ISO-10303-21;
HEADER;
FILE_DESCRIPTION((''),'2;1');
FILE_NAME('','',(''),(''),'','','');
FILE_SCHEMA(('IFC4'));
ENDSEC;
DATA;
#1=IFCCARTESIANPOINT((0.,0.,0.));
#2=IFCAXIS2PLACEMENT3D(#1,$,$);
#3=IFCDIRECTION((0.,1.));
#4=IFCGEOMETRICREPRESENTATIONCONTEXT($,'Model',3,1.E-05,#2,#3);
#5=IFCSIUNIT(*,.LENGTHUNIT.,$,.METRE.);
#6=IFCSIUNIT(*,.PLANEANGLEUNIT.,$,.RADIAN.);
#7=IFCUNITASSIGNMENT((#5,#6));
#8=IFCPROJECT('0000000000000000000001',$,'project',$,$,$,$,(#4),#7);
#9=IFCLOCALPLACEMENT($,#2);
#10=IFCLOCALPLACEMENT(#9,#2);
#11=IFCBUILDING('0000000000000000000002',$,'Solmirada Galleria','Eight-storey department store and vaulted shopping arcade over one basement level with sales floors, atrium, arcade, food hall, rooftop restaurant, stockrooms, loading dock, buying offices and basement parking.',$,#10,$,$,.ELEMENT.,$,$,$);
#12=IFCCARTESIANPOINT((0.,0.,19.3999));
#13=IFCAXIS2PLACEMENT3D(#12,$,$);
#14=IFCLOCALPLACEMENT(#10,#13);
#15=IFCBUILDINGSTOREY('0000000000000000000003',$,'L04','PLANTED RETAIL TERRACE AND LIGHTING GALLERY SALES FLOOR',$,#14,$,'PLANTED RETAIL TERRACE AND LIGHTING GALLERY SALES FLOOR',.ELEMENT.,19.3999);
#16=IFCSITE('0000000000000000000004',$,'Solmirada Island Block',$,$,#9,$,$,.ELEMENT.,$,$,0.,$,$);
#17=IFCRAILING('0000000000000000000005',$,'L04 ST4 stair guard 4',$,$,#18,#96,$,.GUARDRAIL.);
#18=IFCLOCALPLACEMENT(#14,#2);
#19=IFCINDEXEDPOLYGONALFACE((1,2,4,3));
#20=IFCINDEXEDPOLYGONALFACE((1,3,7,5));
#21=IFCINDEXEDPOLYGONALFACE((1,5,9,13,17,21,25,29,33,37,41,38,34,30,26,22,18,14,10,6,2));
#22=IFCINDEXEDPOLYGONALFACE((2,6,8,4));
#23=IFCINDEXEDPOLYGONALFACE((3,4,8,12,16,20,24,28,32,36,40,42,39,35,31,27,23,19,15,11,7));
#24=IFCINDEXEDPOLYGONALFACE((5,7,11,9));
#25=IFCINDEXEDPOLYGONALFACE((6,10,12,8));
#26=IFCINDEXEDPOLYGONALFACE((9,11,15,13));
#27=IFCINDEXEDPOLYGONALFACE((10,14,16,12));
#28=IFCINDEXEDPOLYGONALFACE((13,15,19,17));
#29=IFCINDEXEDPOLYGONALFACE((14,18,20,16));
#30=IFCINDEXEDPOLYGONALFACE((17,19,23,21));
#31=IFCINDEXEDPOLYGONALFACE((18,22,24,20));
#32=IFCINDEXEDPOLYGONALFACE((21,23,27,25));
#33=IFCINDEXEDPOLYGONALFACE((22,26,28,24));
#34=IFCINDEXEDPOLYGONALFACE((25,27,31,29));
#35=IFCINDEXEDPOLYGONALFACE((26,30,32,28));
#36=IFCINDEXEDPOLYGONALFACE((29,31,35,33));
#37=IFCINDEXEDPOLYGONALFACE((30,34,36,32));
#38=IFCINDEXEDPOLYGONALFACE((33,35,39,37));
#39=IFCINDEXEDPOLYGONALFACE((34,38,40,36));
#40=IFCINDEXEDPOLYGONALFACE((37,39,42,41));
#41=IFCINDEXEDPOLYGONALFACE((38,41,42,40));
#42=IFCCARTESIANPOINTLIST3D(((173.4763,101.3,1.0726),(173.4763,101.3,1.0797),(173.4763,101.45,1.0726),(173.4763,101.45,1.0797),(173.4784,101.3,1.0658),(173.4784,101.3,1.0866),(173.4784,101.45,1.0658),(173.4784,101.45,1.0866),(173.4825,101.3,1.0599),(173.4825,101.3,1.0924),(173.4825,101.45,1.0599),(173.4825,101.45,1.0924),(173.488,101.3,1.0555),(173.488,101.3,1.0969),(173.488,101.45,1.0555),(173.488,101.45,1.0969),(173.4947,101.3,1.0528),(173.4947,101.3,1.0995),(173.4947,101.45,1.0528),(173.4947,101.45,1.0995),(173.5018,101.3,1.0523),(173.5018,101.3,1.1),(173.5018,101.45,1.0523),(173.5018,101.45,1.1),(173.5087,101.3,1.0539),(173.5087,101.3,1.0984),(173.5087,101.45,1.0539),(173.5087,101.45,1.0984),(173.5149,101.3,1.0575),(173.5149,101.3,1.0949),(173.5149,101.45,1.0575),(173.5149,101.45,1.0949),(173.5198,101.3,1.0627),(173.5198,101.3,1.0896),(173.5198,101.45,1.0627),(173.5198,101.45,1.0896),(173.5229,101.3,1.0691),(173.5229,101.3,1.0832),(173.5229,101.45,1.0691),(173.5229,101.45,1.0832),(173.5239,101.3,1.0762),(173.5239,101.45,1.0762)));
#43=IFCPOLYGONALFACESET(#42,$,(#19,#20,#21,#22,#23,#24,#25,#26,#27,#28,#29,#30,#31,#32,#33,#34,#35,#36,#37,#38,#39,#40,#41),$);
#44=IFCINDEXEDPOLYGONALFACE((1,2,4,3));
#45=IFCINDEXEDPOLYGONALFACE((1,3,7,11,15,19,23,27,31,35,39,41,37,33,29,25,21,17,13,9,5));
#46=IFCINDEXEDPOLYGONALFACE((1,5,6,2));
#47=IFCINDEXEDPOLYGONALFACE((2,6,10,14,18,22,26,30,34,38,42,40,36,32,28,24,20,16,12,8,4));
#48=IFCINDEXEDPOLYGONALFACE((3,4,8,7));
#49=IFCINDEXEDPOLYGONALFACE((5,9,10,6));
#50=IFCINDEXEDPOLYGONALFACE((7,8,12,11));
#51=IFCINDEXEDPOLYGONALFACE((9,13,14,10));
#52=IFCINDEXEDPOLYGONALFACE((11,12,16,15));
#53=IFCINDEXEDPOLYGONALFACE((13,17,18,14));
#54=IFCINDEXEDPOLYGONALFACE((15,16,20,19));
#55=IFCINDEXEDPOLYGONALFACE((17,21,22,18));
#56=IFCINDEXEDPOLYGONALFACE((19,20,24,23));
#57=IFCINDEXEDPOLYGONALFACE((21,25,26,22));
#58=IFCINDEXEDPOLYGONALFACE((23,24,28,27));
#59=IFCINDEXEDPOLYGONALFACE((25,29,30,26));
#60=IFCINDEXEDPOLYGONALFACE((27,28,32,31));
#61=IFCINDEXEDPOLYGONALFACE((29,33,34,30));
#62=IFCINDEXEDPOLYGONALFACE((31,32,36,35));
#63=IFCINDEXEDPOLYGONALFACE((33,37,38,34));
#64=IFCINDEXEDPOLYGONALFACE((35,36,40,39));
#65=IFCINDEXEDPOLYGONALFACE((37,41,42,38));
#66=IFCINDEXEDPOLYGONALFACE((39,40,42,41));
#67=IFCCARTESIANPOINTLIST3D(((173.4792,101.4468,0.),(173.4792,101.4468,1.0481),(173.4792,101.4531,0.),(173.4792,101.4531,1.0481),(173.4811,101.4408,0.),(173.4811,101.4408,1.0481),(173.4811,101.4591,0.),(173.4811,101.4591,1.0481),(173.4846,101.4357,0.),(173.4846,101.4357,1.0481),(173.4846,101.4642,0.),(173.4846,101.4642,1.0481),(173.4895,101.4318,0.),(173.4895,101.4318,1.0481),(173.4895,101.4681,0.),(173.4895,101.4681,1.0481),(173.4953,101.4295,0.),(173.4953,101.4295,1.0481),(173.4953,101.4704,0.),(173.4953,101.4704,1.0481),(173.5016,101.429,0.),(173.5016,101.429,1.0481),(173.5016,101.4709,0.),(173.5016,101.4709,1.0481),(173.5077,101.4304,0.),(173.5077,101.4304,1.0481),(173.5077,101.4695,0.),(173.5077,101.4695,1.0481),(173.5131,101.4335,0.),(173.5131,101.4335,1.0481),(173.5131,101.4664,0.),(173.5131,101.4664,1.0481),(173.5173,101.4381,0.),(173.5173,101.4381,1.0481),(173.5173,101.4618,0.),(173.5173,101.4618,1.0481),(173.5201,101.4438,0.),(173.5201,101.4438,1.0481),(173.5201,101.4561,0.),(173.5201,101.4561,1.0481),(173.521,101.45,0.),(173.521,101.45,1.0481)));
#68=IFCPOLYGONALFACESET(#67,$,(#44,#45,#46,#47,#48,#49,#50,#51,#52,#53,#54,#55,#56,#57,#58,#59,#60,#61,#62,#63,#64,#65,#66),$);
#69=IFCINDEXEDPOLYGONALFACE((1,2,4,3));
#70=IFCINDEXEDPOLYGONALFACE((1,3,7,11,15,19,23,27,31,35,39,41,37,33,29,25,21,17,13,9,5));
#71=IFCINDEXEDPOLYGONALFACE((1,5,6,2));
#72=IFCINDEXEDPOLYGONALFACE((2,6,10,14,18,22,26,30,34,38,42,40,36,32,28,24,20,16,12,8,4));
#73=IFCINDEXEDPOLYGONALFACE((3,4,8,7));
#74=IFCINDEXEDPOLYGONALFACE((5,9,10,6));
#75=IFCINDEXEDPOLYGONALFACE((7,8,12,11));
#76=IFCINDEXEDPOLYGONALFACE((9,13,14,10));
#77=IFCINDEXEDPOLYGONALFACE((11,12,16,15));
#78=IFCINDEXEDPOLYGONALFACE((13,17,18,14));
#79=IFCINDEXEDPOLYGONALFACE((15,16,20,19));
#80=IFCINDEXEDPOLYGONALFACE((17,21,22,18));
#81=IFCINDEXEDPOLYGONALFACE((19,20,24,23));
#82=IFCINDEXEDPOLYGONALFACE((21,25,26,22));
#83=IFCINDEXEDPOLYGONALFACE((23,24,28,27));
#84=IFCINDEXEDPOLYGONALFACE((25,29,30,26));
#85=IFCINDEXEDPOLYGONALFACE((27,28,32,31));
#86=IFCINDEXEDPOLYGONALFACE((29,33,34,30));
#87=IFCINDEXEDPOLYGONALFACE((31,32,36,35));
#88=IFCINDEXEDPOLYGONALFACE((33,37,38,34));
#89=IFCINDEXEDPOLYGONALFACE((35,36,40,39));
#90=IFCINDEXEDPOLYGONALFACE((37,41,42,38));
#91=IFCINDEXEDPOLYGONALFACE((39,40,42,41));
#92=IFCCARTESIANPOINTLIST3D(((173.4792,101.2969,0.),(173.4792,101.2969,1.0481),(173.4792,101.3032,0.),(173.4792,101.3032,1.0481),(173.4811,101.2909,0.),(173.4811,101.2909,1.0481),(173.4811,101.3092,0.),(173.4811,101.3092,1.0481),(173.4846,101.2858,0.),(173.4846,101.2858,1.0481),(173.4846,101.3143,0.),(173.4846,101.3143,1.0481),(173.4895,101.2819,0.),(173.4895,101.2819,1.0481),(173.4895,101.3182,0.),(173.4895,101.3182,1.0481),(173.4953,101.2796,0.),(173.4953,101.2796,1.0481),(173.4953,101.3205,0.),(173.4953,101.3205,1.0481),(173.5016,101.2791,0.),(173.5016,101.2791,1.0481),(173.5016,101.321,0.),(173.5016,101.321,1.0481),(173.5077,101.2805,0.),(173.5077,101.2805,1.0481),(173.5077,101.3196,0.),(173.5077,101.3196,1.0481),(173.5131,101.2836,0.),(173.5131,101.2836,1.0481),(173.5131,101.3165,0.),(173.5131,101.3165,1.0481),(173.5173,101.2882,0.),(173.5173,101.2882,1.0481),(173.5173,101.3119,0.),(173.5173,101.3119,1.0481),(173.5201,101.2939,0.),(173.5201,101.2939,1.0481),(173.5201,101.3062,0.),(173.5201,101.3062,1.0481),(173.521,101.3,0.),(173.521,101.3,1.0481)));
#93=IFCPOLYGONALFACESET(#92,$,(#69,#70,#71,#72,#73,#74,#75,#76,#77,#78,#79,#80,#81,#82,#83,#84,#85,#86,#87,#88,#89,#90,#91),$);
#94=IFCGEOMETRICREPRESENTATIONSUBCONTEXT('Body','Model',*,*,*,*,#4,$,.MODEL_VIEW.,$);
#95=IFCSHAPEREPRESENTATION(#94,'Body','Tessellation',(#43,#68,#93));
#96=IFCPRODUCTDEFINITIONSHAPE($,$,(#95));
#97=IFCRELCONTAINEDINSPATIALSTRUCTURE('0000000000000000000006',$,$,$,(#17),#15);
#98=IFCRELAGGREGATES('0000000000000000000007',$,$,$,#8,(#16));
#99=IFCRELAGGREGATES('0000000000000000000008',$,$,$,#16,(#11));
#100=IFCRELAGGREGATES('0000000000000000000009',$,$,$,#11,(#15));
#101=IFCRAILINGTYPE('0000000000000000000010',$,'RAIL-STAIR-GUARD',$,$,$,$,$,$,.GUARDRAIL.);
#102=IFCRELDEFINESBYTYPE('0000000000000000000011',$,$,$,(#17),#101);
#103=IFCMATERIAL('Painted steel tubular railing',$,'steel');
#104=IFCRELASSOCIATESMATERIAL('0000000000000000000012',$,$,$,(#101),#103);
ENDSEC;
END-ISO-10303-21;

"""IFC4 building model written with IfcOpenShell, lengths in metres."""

from ifc_helpers import new_model, si_unit, direction, frame, origin, origin_2d, place, context, subcontext, project, spatial, circle, extrude, material, type_object, element, save


model = new_model("IFC4")

# Units and contexts
model_context = context("Model", 3, precision=1e-05, world=origin(), true_north=direction((0.0, 1.0)))
body_context = subcontext(model_context, "Body", "Model", "MODEL_VIEW")
ifc_project = project(units=[si_unit("LENGTHUNIT", "METRE"), si_unit("PLANEANGLEUNIT", "RADIAN")], contexts=[model_context])

# Site, building, storey
site_placement = place(None, origin())
site = spatial("IfcSite", under=ifc_project, at=site_placement, Name="Solmirada Island Block", CompositionType="ELEMENT", RefElevation=0.0)
building_placement = place(site_placement, origin())
building = spatial("IfcBuilding", under=site, at=building_placement, Name="Solmirada Galleria", Description="Eight-storey department store and vaulted shopping arcade over one basement level with sales floors, atrium, arcade, food hall, rooftop restaurant, stockrooms, loading dock, buying offices and basement parking.", CompositionType="ELEMENT")
storey_placement = place(building_placement, frame((0.0, 0.0, 19.3999)))
storey = spatial("IfcBuildingStorey", under=building, at=storey_placement, Name="L04", Description="PLANTED RETAIL TERRACE AND LIGHTING GALLERY SALES FLOOR", LongName="PLANTED RETAIL TERRACE AND LIGHTING GALLERY SALES FLOOR", CompositionType="ELEMENT", Elevation=19.3999)

# Railing
ifc_material_1 = material(Name="Painted steel tubular railing", Category="steel")
railing_type_1 = type_object("IfcRailingType", Name="RAIL-STAIR-GUARD", PredefinedType="GUARDRAIL", material=ifc_material_1)
railing_1_placement = place(storey_placement, frame((173.5, 101.45, 0.0)))
element("IfcRailing", 1, at=railing_1_placement, inside=storey, type_object=railing_type_1, Name="L04 ST4 stair guard 4", PredefinedType="GUARDRAIL", context=body_context, shape_type="SweptSolid", body=[
    extrude(circle(Radius=0.0239, at=origin_2d()), frame((0.0, 0.0, 1.0762), z_axis=(0.0, -1.0, 0.0), x_axis=(1.0, 0.0, 0.0)), (0.0, 0.0, 1.0), 0.1499),
    extrude(circle(Radius=0.021, at=origin_2d()), origin(), (0.0, 0.0, 1.0), 1.0481),
    extrude(circle(Radius=0.021, at=origin_2d()), frame((0.0, -0.1499, 0.0)), (0.0, 0.0, 1.0), 1.0481),
])

save(model, "model.ifc")
